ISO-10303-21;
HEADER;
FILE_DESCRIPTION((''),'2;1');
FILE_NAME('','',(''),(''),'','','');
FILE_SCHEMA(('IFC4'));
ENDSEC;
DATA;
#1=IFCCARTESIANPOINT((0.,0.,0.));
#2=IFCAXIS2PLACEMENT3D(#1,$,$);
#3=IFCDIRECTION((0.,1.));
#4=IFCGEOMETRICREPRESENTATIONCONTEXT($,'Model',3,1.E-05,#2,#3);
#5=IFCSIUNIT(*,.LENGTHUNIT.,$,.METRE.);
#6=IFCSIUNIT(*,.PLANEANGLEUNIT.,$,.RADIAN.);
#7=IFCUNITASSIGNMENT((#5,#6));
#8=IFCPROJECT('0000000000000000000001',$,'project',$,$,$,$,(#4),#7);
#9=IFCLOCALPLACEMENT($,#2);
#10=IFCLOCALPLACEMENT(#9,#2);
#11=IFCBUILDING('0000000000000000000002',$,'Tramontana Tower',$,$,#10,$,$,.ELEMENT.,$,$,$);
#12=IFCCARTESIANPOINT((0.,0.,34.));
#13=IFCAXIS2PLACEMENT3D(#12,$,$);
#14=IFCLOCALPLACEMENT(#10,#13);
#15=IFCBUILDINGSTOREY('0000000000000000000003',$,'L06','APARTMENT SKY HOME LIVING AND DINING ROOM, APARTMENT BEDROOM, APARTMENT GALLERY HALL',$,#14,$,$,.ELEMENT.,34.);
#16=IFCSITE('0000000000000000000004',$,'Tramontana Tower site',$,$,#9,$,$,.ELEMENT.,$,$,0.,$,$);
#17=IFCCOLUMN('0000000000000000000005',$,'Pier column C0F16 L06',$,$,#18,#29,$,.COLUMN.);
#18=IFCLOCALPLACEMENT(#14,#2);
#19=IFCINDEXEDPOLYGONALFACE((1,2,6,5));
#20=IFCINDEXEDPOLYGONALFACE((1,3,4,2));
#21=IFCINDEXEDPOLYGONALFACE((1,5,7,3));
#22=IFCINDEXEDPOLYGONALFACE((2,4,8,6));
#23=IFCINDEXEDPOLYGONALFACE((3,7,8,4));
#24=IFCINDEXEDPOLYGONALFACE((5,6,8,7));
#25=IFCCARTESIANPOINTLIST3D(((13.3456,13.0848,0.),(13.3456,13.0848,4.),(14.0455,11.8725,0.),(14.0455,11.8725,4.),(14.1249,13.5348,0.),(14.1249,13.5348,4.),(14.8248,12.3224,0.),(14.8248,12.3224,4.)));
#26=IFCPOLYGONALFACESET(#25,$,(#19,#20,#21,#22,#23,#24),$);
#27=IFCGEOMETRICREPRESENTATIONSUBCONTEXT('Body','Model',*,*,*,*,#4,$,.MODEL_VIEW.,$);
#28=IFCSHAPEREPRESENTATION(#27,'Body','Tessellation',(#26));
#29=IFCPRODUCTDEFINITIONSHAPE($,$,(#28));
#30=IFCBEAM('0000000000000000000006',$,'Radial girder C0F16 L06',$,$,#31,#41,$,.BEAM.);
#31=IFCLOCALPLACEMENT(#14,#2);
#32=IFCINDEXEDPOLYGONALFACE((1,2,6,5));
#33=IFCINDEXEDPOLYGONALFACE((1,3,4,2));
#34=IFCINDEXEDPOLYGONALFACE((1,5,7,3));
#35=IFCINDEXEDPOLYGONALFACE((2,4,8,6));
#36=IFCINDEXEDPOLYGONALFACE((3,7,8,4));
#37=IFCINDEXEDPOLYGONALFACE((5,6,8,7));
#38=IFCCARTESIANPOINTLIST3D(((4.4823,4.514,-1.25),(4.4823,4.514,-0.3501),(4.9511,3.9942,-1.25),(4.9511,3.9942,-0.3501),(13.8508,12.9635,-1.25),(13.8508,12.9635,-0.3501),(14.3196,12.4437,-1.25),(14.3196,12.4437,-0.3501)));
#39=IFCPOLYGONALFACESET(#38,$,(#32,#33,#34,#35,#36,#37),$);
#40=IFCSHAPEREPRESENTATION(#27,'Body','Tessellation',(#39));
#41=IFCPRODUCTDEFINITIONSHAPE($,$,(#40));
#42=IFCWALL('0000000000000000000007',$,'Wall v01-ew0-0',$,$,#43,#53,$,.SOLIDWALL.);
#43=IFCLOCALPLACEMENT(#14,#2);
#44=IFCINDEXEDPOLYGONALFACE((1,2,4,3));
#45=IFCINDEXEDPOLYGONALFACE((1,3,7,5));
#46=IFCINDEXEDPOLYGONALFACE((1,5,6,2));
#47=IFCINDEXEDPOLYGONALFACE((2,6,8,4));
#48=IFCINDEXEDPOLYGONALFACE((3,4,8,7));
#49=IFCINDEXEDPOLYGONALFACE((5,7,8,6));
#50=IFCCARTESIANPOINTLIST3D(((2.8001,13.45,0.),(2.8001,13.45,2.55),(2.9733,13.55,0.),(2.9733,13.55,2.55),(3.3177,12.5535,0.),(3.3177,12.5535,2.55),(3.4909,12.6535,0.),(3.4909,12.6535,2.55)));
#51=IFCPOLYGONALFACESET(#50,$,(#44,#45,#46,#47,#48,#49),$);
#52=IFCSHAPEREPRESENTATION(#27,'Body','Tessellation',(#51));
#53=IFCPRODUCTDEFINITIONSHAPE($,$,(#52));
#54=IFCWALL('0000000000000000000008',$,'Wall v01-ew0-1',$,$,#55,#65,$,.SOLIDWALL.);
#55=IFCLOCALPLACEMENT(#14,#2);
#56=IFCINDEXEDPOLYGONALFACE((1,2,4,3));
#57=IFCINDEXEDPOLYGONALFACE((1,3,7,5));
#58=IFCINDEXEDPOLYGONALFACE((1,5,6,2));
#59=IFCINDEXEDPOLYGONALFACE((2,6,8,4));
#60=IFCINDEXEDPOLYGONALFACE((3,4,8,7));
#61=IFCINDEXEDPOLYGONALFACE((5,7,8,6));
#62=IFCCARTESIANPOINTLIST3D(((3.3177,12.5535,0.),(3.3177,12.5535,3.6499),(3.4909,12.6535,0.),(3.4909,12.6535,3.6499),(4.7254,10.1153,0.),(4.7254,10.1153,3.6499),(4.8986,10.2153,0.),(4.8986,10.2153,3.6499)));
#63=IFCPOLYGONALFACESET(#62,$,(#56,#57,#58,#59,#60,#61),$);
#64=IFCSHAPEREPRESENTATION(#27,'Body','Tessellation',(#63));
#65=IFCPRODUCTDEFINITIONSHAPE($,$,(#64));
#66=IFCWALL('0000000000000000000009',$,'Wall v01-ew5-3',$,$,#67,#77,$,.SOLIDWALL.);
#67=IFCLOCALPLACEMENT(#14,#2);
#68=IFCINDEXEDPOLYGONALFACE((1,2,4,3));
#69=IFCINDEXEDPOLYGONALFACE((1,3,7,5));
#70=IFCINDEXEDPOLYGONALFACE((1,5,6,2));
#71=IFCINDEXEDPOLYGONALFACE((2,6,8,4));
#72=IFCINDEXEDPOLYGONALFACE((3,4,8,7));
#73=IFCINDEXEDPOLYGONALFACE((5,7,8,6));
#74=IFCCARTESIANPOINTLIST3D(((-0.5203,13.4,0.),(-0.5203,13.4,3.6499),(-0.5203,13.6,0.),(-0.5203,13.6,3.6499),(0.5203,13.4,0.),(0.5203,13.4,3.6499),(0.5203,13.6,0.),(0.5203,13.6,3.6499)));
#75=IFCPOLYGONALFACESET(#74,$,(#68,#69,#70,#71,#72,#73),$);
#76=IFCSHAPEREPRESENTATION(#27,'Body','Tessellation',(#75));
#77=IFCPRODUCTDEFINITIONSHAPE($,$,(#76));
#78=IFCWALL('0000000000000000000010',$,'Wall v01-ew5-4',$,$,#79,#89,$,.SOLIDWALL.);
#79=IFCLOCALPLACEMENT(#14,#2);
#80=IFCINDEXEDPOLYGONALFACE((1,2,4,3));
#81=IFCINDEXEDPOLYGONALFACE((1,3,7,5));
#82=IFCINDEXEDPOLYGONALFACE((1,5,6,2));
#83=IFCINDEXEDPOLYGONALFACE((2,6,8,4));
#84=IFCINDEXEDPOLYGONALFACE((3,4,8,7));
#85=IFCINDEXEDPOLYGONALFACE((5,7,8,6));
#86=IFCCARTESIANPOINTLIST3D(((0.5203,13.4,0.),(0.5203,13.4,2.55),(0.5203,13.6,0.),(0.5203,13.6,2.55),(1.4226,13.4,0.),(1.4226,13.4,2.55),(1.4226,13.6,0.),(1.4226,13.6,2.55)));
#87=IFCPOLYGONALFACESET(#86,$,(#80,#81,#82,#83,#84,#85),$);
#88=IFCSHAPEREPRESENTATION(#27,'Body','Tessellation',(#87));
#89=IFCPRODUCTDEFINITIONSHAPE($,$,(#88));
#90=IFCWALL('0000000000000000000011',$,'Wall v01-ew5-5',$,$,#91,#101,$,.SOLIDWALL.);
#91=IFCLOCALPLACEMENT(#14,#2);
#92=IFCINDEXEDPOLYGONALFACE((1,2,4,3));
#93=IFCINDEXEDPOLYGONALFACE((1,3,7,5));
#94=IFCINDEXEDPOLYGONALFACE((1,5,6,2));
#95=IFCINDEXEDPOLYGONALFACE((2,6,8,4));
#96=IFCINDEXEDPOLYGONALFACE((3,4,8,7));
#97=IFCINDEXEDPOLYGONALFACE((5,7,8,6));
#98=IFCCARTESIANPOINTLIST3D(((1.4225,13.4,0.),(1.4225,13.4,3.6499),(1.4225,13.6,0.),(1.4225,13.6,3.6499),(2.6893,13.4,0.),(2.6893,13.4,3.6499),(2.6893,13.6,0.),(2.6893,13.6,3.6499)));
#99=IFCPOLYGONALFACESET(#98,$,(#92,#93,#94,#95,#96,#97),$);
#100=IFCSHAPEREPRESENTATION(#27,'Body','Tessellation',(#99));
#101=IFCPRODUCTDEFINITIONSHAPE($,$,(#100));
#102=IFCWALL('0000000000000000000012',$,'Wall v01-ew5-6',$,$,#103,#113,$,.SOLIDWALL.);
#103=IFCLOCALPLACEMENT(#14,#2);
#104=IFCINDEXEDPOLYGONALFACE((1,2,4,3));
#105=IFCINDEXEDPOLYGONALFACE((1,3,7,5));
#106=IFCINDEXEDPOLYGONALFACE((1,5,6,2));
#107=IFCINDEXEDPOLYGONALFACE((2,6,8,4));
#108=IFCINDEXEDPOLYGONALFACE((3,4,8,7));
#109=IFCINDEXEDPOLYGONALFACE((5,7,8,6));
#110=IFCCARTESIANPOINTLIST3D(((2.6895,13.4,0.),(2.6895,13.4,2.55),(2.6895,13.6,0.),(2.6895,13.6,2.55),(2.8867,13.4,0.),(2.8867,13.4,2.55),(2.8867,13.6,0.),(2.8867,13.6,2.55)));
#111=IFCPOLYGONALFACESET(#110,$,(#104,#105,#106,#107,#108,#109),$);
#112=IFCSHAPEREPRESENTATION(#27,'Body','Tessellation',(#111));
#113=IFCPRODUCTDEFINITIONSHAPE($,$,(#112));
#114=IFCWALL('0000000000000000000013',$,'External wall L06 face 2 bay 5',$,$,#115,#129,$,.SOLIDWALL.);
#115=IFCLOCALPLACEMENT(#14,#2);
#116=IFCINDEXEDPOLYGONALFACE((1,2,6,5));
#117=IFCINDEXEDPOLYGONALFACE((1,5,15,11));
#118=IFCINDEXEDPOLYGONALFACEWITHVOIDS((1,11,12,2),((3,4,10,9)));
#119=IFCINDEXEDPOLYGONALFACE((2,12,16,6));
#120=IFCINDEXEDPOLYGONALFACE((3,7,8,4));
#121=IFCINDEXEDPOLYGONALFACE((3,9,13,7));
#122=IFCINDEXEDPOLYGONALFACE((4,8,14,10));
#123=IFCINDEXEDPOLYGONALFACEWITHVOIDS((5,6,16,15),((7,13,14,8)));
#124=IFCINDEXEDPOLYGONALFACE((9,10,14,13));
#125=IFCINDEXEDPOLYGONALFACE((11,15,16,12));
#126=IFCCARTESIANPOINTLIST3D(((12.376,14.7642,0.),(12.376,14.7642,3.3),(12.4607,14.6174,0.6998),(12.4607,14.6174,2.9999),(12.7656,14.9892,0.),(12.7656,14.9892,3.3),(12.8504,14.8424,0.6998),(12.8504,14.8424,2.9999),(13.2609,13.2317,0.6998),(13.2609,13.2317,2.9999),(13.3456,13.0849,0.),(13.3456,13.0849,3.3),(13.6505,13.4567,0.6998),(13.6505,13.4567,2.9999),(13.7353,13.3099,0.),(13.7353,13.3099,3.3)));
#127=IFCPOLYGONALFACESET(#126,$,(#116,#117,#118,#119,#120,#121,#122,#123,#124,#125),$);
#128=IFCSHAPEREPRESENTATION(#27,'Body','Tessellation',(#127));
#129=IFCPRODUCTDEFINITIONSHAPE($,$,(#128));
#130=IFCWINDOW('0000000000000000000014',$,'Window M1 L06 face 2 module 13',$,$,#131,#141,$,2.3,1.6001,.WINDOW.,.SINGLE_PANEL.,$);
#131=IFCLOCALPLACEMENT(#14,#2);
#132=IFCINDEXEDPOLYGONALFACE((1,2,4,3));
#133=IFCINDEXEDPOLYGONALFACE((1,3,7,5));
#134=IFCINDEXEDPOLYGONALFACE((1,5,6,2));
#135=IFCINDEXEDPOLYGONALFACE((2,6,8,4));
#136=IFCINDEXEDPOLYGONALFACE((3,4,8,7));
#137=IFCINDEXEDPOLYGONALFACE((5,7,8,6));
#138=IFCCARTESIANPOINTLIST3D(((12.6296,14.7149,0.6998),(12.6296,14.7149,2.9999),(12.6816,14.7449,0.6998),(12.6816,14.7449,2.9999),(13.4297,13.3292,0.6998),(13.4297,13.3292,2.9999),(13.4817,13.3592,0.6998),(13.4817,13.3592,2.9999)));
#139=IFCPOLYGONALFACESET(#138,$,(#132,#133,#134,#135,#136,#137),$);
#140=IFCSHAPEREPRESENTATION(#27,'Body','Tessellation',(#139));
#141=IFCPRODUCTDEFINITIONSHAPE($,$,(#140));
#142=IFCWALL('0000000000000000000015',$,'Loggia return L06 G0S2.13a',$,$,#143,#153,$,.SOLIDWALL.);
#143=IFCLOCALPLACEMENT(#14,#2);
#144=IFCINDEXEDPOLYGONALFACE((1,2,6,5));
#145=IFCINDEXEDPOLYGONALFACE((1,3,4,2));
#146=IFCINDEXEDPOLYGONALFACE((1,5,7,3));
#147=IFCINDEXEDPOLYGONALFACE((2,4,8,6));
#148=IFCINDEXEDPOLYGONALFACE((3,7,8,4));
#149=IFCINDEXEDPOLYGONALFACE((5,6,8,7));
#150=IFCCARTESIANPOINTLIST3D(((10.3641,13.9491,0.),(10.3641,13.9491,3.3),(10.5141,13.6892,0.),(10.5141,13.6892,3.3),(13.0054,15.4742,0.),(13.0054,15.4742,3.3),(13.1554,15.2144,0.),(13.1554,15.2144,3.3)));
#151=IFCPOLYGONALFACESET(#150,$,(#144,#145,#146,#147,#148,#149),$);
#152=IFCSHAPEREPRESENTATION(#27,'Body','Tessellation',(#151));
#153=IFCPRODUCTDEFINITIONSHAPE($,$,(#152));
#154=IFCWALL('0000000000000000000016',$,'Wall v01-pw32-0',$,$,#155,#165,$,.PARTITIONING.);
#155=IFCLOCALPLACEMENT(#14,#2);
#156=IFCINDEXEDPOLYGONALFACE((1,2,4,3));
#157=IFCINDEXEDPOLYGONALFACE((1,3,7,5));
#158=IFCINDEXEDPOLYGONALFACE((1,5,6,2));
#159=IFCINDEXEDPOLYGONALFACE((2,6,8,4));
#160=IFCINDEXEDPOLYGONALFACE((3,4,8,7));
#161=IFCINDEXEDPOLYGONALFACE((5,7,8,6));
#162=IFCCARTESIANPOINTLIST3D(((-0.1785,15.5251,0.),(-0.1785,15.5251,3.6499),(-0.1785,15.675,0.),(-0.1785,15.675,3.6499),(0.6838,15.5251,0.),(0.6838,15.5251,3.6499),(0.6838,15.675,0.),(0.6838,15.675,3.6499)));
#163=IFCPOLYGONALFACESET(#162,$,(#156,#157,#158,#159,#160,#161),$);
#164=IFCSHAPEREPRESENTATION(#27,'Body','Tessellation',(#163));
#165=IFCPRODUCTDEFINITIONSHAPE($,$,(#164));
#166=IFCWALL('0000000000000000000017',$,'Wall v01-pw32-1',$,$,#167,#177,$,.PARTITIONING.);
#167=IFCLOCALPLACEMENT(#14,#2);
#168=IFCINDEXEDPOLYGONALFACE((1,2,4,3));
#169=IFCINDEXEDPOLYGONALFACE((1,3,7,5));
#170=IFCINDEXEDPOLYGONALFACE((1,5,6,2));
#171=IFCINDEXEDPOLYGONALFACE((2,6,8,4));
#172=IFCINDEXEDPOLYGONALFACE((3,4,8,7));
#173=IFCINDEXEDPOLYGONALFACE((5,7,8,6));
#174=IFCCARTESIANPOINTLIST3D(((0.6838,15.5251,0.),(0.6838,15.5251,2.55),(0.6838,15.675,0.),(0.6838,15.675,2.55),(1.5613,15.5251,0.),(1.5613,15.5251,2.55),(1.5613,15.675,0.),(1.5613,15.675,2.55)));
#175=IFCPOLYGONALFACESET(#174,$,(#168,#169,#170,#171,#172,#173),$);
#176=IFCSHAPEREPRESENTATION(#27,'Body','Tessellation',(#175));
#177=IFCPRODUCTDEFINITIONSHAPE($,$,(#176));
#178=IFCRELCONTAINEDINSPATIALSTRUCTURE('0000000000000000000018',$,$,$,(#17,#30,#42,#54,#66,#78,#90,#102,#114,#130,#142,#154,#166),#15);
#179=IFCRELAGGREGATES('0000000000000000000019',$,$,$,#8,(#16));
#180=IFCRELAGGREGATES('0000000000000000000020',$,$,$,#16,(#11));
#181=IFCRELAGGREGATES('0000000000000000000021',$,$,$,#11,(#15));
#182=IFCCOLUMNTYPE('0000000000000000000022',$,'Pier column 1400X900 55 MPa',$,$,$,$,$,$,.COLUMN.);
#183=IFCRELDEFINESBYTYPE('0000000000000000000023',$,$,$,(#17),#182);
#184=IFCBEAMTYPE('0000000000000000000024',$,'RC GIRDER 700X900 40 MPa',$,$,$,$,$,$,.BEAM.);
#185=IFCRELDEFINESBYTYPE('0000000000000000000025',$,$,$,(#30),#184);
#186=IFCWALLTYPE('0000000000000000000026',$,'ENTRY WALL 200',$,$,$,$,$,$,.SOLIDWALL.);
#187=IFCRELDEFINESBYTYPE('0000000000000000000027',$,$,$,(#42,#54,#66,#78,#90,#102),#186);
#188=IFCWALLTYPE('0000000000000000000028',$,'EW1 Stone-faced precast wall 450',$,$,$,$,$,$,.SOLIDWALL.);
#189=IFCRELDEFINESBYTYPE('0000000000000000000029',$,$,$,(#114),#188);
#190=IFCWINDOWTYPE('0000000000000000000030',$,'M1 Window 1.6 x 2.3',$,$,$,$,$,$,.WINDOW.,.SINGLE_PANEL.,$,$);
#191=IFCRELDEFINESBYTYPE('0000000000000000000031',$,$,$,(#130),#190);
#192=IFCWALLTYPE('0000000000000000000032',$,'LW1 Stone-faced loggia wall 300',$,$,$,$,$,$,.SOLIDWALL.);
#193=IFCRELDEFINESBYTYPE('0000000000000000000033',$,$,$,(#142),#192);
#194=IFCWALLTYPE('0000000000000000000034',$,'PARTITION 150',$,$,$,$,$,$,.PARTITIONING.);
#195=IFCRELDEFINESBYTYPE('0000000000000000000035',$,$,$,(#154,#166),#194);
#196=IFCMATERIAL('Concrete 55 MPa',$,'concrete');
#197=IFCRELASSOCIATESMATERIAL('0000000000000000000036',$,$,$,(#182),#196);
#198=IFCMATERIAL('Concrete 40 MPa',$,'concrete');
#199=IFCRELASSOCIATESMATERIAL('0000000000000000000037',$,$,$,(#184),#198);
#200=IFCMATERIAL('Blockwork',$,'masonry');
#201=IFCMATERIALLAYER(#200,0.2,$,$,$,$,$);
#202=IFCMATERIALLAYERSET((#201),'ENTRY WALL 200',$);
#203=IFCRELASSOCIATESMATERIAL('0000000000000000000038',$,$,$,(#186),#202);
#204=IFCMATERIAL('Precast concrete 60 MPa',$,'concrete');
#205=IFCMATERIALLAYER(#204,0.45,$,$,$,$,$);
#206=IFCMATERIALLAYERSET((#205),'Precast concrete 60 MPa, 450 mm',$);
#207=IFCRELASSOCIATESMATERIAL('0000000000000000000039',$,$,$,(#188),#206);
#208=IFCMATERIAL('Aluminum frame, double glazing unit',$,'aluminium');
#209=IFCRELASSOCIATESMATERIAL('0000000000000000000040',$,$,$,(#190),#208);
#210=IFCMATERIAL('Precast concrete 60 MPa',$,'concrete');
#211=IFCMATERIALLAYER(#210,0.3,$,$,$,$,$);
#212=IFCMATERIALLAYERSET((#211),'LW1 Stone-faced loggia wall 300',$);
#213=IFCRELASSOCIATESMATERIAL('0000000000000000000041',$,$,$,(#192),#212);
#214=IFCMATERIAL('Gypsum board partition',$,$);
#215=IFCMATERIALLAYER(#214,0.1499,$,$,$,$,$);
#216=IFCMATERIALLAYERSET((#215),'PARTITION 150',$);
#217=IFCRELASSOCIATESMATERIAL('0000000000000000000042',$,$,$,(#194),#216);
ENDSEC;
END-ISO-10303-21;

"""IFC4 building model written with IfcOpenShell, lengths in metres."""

from ifc_helpers import new_model, si_unit, direction, frame, frame_2d, origin, origin_2d, place, context, subcontext, project, spatial, rectangle, extrude, material, layer, layer_set, material_profile, profile_set, type_object, element, fill, save


model = new_model("IFC4")

# Units and contexts
model_context = context("Model", 3, precision=1e-05, world=origin(), true_north=direction((0.0, 1.0)))
body_context = subcontext(model_context, "Body", "Model", "MODEL_VIEW")
ifc_project = project(units=[si_unit("LENGTHUNIT", "METRE"), si_unit("PLANEANGLEUNIT", "RADIAN")], contexts=[model_context])

# Site, building, storey
site_placement = place(None, origin())
site = spatial("IfcSite", under=ifc_project, at=site_placement, Name="Tramontana Tower site", CompositionType="ELEMENT", RefElevation=0.0)
building_placement = place(site_placement, origin())
building = spatial("IfcBuilding", under=site, at=building_placement, Name="Tramontana Tower", CompositionType="ELEMENT")
storey_placement = place(building_placement, frame((0.0, 0.0, 34.0)))
storey = spatial("IfcBuildingStorey", under=building, at=storey_placement, Name="L06", Description="APARTMENT SKY HOME LIVING AND DINING ROOM, APARTMENT BEDROOM, APARTMENT GALLERY HALL", CompositionType="ELEMENT", Elevation=34.0)

# Column
ifc_material_1 = material(Name="Concrete 55 MPa", Category="concrete")
ifc_material_profile_1 = material_profile(ifc_material_1, rectangle(XDim=1.3999, YDim=0.8999, at=origin_2d()), Name="Pier column 1400X900 55 MPa")
ifc_profile_set_1 = profile_set([ifc_material_profile_1], Name="Concrete 55 MPa")
column_type = type_object("IfcColumnType", Name="Pier column 1400X900 55 MPa", PredefinedType="COLUMN", material=ifc_profile_set_1)
column_placement = place(storey_placement, frame((14.0852, 12.7036, 0.0), z_axis=(0.0, 0.0, 1.0), x_axis=(-0.5, 0.866025, 0.0)))
element("IfcColumn", 1, at=column_placement, inside=storey, type_object=column_type, Name="Pier column C0F16 L06", PredefinedType="COLUMN", context=body_context, shape_type="SweptSolid", body=[
    extrude(rectangle(XDim=1.3999, YDim=0.8999, at=origin_2d()), origin(), (0.0, 0.0, 1.0), 4.0),
])

# Beam
ifc_material_2 = material(Name="Concrete 40 MPa", Category="concrete")
ifc_material_profile_2 = material_profile(ifc_material_2, rectangle(XDim=0.7, YDim=0.8999, at=origin_2d()), Name="RC GIRDER 700X900 40 MPa")
ifc_profile_set_2 = profile_set([ifc_material_profile_2], Name="Concrete 40 MPa")
beam_type = type_object("IfcBeamType", Name="RC GIRDER 700X900 40 MPa", PredefinedType="BEAM", material=ifc_profile_set_2)
beam_placement = place(storey_placement, frame((14.0852, 12.7036, -0.8), z_axis=(-0.742588, -0.669748, 0.0), x_axis=(0.669748, -0.742588, 0.0)))
element("IfcBeam", 2, at=beam_placement, inside=storey, type_object=beam_type, Name="Radial girder C0F16 L06", PredefinedType="BEAM", context=body_context, shape_type="SweptSolid", body=[
    extrude(rectangle(XDim=0.7, YDim=0.8999, at=origin_2d()), origin(), (0.0, 0.0, 1.0), 12.616),
])

# Walls
ifc_material_3 = material(Name="Blockwork", Category="masonry")
ifc_layer_1 = layer(ifc_material_3, 0.2)
ifc_layer_set_1 = layer_set([ifc_layer_1], Name="ENTRY WALL 200")
wall_type_1 = type_object("IfcWallType", Name="ENTRY WALL 200", PredefinedType="SOLIDWALL", material=ifc_layer_set_1)
wall_1_placement = place(storey_placement, frame((2.8867, 13.5, 0.0), z_axis=(0.0, 0.0, 1.0), x_axis=(0.499995, -0.866028, 0.0)))
element("IfcWall", 3, at=wall_1_placement, inside=storey, type_object=wall_type_1, Name="Wall v01-ew0-0", PredefinedType="SOLIDWALL", context=body_context, shape_type="SweptSolid", body=[
    extrude(rectangle(XDim=1.0352, YDim=0.2, at=frame_2d((0.5176, 0.0))), origin(), (0.0, 0.0, 1.0), 2.55),
])
wall_2_placement = place(storey_placement, frame((3.4043, 12.6035, 0.0), z_axis=(0.0, 0.0, 1.0), x_axis=(0.5, -0.866025, 0.0)))
element("IfcWall", 4, at=wall_2_placement, inside=storey, type_object=wall_type_1, Name="Wall v01-ew0-1", PredefinedType="SOLIDWALL", context=body_context, shape_type="SweptSolid", body=[
    extrude(rectangle(XDim=2.8154, YDim=0.2, at=frame_2d((1.4077, 0.0))), origin(), (0.0, 0.0, 1.0), 3.6499),
])

# Walls
wall_3_placement = place(storey_placement, frame((-0.5203, 13.5, 0.0), z_axis=(0.0, 0.0, 1.0), x_axis=(1.0, 0.0, 0.0)))
element("IfcWall", 5, at=wall_3_placement, inside=storey, type_object=wall_type_1, Name="Wall v01-ew5-3", PredefinedType="SOLIDWALL", context=body_context, shape_type="SweptSolid", body=[
    extrude(rectangle(XDim=1.0405, YDim=0.2, at=frame_2d((0.5203, 0.0))), origin(), (0.0, 0.0, 1.0), 3.6499),
])
wall_4_placement = place(storey_placement, frame((0.5203, 13.5, 0.0), z_axis=(0.0, 0.0, 1.0), x_axis=(1.0, 0.0, 0.0)))
element("IfcWall", 6, at=wall_4_placement, inside=storey, type_object=wall_type_1, Name="Wall v01-ew5-4", PredefinedType="SOLIDWALL", context=body_context, shape_type="SweptSolid", body=[
    extrude(rectangle(XDim=0.9023, YDim=0.2, at=frame_2d((0.4512, 0.0))), origin(), (0.0, 0.0, 1.0), 2.55),
])
wall_5_placement = place(storey_placement, frame((1.4226, 13.5, 0.0), z_axis=(0.0, 0.0, 1.0), x_axis=(1.0, 0.0, 0.0)))
element("IfcWall", 7, at=wall_5_placement, inside=storey, type_object=wall_type_1, Name="Wall v01-ew5-5", PredefinedType="SOLIDWALL", context=body_context, shape_type="SweptSolid", body=[
    extrude(rectangle(XDim=1.2668, YDim=0.2, at=frame_2d((0.6333, 0.0))), origin(), (0.0, 0.0, 1.0), 3.6499),
])
wall_6_placement = place(storey_placement, frame((2.6895, 13.5, 0.0), z_axis=(0.0, 0.0, 1.0), x_axis=(1.0, 0.0, 0.0)))
element("IfcWall", 8, at=wall_6_placement, inside=storey, type_object=wall_type_1, Name="Wall v01-ew5-6", PredefinedType="SOLIDWALL", context=body_context, shape_type="SweptSolid", body=[
    extrude(rectangle(XDim=0.1973, YDim=0.2, at=frame_2d((0.0986, 0.0))), origin(), (0.0, 0.0, 1.0), 2.55),
])

# Wall, opening, window
ifc_material_4 = material(Name="Precast concrete 60 MPa", Category="concrete")
ifc_layer_2 = layer(ifc_material_4, 0.45)
ifc_layer_set_2 = layer_set([ifc_layer_2], Name="Precast concrete 60 MPa, 450 mm")
wall_type_2 = type_object("IfcWallType", Name="EW1 Stone-faced precast wall 450", PredefinedType="SOLIDWALL", material=ifc_layer_set_2)
wall_7_placement = place(storey_placement, frame((13.5405, 13.1973, 0.0), z_axis=(0.0, 0.0, 1.0), x_axis=(-0.500038, 0.866003, 0.0)))
wall_7 = element("IfcWall", 9, at=wall_7_placement, inside=storey, type_object=wall_type_2, Name="External wall L06 face 2 bay 5", PredefinedType="SOLIDWALL", context=body_context, shape_type="SweptSolid", body=[
    extrude(rectangle(XDim=1.9392, YDim=0.45, at=frame_2d((0.9697, 0.0))), origin(), (0.0, 0.0, 1.0), 3.3),
])
opening_1_placement = place(wall_7_placement, frame((0.1697, 0.0, 0.7)))
opening_1 = element("IfcOpeningElement", 10, at=opening_1_placement, cuts=wall_7, PredefinedType="OPENING", context=body_context, shape_type="SweptSolid", body=[
    extrude(rectangle(XDim=1.6001, YDim=2.3, at=frame_2d((0.8, 1.1499))), frame((0.0, 0.2349, 0.0), z_axis=(0.0, -1.0, 0.0), x_axis=(1.0, 0.0, 0.0)), (0.0, 0.0, 1.0), 0.47),
])
ifc_material_5 = material(Name="Aluminum frame, double glazing unit", Category="aluminium")
window_type = type_object("IfcWindowType", Name="M1 Window 1.6 x 2.3", PartitioningType="SINGLE_PANEL", PredefinedType="WINDOW", material=ifc_material_5)
window_placement = place(opening_1_placement, origin())
window = element("IfcWindow", 11, at=window_placement, inside=storey, type_object=window_type, Name="Window M1 L06 face 2 module 13", OverallHeight=2.3, OverallWidth=1.6001, PartitioningType="SINGLE_PANEL", PredefinedType="WINDOW", context=body_context, shape_type="SweptSolid", body=[
    extrude(rectangle(XDim=1.6001, YDim=2.3, at=frame_2d((0.8, 1.1499))), frame((0.0, 0.03, 0.0), z_axis=(0.0, -1.0, 0.0), x_axis=(1.0, 0.0, 0.0)), (0.0, 0.0, 1.0), 0.0601),
])
fill(opening_1, window)

# Shared definitions
ifc_material_6 = material(Name="Precast concrete 60 MPa", Category="concrete")
ifc_layer_3 = layer(ifc_material_6, 0.3)
ifc_layer_set_3 = layer_set([ifc_layer_3], Name="LW1 Stone-faced loggia wall 300")
wall_type_3 = type_object("IfcWallType", Name="LW1 Stone-faced loggia wall 300", PredefinedType="SOLIDWALL", material=ifc_layer_set_3)

# Walls
wall_8_placement = place(storey_placement, frame((13.0803, 15.3442, 0.0), z_axis=(0.0, 0.0, 1.0), x_axis=(-0.866003, -0.500039, 0.0)))
element("IfcWall", 12, at=wall_8_placement, inside=storey, type_object=wall_type_3, Name="Loggia return L06 G0S2.13a", PredefinedType="SOLIDWALL", context=body_context, shape_type="SweptSolid", body=[
    extrude(rectangle(XDim=3.05, YDim=0.3, at=frame_2d((1.5249, 0.0))), origin(), (0.0, 0.0, 1.0), 3.3),
])
ifc_material_7 = material(Name="Gypsum board partition")
ifc_layer_4 = layer(ifc_material_7, 0.1499)
ifc_layer_set_4 = layer_set([ifc_layer_4], Name="PARTITION 150")
wall_type_4 = type_object("IfcWallType", Name="PARTITION 150", PredefinedType="PARTITIONING", material=ifc_layer_set_4)
wall_9_placement = place(storey_placement, frame((-0.1785, 15.6001, 0.0), z_axis=(0.0, 0.0, 1.0), x_axis=(1.0, 0.0, 0.0)))
element("IfcWall", 13, at=wall_9_placement, inside=storey, type_object=wall_type_4, Name="Wall v01-pw32-0", PredefinedType="PARTITIONING", context=body_context, shape_type="SweptSolid", body=[
    extrude(rectangle(XDim=0.8623, YDim=0.1499, at=frame_2d((0.4312, 0.0))), origin(), (0.0, 0.0, 1.0), 3.6499),
])
wall_10_placement = place(storey_placement, frame((0.6838, 15.6001, 0.0), z_axis=(0.0, 0.0, 1.0), x_axis=(1.0, 0.0, 0.0)))
element("IfcWall", 14, at=wall_10_placement, inside=storey, type_object=wall_type_4, Name="Wall v01-pw32-1", PredefinedType="PARTITIONING", context=body_context, shape_type="SweptSolid", body=[
    extrude(rectangle(XDim=0.8774, YDim=0.1499, at=frame_2d((0.4387, 0.0))), origin(), (0.0, 0.0, 1.0), 2.55),
])

save(model, "model.ifc")
